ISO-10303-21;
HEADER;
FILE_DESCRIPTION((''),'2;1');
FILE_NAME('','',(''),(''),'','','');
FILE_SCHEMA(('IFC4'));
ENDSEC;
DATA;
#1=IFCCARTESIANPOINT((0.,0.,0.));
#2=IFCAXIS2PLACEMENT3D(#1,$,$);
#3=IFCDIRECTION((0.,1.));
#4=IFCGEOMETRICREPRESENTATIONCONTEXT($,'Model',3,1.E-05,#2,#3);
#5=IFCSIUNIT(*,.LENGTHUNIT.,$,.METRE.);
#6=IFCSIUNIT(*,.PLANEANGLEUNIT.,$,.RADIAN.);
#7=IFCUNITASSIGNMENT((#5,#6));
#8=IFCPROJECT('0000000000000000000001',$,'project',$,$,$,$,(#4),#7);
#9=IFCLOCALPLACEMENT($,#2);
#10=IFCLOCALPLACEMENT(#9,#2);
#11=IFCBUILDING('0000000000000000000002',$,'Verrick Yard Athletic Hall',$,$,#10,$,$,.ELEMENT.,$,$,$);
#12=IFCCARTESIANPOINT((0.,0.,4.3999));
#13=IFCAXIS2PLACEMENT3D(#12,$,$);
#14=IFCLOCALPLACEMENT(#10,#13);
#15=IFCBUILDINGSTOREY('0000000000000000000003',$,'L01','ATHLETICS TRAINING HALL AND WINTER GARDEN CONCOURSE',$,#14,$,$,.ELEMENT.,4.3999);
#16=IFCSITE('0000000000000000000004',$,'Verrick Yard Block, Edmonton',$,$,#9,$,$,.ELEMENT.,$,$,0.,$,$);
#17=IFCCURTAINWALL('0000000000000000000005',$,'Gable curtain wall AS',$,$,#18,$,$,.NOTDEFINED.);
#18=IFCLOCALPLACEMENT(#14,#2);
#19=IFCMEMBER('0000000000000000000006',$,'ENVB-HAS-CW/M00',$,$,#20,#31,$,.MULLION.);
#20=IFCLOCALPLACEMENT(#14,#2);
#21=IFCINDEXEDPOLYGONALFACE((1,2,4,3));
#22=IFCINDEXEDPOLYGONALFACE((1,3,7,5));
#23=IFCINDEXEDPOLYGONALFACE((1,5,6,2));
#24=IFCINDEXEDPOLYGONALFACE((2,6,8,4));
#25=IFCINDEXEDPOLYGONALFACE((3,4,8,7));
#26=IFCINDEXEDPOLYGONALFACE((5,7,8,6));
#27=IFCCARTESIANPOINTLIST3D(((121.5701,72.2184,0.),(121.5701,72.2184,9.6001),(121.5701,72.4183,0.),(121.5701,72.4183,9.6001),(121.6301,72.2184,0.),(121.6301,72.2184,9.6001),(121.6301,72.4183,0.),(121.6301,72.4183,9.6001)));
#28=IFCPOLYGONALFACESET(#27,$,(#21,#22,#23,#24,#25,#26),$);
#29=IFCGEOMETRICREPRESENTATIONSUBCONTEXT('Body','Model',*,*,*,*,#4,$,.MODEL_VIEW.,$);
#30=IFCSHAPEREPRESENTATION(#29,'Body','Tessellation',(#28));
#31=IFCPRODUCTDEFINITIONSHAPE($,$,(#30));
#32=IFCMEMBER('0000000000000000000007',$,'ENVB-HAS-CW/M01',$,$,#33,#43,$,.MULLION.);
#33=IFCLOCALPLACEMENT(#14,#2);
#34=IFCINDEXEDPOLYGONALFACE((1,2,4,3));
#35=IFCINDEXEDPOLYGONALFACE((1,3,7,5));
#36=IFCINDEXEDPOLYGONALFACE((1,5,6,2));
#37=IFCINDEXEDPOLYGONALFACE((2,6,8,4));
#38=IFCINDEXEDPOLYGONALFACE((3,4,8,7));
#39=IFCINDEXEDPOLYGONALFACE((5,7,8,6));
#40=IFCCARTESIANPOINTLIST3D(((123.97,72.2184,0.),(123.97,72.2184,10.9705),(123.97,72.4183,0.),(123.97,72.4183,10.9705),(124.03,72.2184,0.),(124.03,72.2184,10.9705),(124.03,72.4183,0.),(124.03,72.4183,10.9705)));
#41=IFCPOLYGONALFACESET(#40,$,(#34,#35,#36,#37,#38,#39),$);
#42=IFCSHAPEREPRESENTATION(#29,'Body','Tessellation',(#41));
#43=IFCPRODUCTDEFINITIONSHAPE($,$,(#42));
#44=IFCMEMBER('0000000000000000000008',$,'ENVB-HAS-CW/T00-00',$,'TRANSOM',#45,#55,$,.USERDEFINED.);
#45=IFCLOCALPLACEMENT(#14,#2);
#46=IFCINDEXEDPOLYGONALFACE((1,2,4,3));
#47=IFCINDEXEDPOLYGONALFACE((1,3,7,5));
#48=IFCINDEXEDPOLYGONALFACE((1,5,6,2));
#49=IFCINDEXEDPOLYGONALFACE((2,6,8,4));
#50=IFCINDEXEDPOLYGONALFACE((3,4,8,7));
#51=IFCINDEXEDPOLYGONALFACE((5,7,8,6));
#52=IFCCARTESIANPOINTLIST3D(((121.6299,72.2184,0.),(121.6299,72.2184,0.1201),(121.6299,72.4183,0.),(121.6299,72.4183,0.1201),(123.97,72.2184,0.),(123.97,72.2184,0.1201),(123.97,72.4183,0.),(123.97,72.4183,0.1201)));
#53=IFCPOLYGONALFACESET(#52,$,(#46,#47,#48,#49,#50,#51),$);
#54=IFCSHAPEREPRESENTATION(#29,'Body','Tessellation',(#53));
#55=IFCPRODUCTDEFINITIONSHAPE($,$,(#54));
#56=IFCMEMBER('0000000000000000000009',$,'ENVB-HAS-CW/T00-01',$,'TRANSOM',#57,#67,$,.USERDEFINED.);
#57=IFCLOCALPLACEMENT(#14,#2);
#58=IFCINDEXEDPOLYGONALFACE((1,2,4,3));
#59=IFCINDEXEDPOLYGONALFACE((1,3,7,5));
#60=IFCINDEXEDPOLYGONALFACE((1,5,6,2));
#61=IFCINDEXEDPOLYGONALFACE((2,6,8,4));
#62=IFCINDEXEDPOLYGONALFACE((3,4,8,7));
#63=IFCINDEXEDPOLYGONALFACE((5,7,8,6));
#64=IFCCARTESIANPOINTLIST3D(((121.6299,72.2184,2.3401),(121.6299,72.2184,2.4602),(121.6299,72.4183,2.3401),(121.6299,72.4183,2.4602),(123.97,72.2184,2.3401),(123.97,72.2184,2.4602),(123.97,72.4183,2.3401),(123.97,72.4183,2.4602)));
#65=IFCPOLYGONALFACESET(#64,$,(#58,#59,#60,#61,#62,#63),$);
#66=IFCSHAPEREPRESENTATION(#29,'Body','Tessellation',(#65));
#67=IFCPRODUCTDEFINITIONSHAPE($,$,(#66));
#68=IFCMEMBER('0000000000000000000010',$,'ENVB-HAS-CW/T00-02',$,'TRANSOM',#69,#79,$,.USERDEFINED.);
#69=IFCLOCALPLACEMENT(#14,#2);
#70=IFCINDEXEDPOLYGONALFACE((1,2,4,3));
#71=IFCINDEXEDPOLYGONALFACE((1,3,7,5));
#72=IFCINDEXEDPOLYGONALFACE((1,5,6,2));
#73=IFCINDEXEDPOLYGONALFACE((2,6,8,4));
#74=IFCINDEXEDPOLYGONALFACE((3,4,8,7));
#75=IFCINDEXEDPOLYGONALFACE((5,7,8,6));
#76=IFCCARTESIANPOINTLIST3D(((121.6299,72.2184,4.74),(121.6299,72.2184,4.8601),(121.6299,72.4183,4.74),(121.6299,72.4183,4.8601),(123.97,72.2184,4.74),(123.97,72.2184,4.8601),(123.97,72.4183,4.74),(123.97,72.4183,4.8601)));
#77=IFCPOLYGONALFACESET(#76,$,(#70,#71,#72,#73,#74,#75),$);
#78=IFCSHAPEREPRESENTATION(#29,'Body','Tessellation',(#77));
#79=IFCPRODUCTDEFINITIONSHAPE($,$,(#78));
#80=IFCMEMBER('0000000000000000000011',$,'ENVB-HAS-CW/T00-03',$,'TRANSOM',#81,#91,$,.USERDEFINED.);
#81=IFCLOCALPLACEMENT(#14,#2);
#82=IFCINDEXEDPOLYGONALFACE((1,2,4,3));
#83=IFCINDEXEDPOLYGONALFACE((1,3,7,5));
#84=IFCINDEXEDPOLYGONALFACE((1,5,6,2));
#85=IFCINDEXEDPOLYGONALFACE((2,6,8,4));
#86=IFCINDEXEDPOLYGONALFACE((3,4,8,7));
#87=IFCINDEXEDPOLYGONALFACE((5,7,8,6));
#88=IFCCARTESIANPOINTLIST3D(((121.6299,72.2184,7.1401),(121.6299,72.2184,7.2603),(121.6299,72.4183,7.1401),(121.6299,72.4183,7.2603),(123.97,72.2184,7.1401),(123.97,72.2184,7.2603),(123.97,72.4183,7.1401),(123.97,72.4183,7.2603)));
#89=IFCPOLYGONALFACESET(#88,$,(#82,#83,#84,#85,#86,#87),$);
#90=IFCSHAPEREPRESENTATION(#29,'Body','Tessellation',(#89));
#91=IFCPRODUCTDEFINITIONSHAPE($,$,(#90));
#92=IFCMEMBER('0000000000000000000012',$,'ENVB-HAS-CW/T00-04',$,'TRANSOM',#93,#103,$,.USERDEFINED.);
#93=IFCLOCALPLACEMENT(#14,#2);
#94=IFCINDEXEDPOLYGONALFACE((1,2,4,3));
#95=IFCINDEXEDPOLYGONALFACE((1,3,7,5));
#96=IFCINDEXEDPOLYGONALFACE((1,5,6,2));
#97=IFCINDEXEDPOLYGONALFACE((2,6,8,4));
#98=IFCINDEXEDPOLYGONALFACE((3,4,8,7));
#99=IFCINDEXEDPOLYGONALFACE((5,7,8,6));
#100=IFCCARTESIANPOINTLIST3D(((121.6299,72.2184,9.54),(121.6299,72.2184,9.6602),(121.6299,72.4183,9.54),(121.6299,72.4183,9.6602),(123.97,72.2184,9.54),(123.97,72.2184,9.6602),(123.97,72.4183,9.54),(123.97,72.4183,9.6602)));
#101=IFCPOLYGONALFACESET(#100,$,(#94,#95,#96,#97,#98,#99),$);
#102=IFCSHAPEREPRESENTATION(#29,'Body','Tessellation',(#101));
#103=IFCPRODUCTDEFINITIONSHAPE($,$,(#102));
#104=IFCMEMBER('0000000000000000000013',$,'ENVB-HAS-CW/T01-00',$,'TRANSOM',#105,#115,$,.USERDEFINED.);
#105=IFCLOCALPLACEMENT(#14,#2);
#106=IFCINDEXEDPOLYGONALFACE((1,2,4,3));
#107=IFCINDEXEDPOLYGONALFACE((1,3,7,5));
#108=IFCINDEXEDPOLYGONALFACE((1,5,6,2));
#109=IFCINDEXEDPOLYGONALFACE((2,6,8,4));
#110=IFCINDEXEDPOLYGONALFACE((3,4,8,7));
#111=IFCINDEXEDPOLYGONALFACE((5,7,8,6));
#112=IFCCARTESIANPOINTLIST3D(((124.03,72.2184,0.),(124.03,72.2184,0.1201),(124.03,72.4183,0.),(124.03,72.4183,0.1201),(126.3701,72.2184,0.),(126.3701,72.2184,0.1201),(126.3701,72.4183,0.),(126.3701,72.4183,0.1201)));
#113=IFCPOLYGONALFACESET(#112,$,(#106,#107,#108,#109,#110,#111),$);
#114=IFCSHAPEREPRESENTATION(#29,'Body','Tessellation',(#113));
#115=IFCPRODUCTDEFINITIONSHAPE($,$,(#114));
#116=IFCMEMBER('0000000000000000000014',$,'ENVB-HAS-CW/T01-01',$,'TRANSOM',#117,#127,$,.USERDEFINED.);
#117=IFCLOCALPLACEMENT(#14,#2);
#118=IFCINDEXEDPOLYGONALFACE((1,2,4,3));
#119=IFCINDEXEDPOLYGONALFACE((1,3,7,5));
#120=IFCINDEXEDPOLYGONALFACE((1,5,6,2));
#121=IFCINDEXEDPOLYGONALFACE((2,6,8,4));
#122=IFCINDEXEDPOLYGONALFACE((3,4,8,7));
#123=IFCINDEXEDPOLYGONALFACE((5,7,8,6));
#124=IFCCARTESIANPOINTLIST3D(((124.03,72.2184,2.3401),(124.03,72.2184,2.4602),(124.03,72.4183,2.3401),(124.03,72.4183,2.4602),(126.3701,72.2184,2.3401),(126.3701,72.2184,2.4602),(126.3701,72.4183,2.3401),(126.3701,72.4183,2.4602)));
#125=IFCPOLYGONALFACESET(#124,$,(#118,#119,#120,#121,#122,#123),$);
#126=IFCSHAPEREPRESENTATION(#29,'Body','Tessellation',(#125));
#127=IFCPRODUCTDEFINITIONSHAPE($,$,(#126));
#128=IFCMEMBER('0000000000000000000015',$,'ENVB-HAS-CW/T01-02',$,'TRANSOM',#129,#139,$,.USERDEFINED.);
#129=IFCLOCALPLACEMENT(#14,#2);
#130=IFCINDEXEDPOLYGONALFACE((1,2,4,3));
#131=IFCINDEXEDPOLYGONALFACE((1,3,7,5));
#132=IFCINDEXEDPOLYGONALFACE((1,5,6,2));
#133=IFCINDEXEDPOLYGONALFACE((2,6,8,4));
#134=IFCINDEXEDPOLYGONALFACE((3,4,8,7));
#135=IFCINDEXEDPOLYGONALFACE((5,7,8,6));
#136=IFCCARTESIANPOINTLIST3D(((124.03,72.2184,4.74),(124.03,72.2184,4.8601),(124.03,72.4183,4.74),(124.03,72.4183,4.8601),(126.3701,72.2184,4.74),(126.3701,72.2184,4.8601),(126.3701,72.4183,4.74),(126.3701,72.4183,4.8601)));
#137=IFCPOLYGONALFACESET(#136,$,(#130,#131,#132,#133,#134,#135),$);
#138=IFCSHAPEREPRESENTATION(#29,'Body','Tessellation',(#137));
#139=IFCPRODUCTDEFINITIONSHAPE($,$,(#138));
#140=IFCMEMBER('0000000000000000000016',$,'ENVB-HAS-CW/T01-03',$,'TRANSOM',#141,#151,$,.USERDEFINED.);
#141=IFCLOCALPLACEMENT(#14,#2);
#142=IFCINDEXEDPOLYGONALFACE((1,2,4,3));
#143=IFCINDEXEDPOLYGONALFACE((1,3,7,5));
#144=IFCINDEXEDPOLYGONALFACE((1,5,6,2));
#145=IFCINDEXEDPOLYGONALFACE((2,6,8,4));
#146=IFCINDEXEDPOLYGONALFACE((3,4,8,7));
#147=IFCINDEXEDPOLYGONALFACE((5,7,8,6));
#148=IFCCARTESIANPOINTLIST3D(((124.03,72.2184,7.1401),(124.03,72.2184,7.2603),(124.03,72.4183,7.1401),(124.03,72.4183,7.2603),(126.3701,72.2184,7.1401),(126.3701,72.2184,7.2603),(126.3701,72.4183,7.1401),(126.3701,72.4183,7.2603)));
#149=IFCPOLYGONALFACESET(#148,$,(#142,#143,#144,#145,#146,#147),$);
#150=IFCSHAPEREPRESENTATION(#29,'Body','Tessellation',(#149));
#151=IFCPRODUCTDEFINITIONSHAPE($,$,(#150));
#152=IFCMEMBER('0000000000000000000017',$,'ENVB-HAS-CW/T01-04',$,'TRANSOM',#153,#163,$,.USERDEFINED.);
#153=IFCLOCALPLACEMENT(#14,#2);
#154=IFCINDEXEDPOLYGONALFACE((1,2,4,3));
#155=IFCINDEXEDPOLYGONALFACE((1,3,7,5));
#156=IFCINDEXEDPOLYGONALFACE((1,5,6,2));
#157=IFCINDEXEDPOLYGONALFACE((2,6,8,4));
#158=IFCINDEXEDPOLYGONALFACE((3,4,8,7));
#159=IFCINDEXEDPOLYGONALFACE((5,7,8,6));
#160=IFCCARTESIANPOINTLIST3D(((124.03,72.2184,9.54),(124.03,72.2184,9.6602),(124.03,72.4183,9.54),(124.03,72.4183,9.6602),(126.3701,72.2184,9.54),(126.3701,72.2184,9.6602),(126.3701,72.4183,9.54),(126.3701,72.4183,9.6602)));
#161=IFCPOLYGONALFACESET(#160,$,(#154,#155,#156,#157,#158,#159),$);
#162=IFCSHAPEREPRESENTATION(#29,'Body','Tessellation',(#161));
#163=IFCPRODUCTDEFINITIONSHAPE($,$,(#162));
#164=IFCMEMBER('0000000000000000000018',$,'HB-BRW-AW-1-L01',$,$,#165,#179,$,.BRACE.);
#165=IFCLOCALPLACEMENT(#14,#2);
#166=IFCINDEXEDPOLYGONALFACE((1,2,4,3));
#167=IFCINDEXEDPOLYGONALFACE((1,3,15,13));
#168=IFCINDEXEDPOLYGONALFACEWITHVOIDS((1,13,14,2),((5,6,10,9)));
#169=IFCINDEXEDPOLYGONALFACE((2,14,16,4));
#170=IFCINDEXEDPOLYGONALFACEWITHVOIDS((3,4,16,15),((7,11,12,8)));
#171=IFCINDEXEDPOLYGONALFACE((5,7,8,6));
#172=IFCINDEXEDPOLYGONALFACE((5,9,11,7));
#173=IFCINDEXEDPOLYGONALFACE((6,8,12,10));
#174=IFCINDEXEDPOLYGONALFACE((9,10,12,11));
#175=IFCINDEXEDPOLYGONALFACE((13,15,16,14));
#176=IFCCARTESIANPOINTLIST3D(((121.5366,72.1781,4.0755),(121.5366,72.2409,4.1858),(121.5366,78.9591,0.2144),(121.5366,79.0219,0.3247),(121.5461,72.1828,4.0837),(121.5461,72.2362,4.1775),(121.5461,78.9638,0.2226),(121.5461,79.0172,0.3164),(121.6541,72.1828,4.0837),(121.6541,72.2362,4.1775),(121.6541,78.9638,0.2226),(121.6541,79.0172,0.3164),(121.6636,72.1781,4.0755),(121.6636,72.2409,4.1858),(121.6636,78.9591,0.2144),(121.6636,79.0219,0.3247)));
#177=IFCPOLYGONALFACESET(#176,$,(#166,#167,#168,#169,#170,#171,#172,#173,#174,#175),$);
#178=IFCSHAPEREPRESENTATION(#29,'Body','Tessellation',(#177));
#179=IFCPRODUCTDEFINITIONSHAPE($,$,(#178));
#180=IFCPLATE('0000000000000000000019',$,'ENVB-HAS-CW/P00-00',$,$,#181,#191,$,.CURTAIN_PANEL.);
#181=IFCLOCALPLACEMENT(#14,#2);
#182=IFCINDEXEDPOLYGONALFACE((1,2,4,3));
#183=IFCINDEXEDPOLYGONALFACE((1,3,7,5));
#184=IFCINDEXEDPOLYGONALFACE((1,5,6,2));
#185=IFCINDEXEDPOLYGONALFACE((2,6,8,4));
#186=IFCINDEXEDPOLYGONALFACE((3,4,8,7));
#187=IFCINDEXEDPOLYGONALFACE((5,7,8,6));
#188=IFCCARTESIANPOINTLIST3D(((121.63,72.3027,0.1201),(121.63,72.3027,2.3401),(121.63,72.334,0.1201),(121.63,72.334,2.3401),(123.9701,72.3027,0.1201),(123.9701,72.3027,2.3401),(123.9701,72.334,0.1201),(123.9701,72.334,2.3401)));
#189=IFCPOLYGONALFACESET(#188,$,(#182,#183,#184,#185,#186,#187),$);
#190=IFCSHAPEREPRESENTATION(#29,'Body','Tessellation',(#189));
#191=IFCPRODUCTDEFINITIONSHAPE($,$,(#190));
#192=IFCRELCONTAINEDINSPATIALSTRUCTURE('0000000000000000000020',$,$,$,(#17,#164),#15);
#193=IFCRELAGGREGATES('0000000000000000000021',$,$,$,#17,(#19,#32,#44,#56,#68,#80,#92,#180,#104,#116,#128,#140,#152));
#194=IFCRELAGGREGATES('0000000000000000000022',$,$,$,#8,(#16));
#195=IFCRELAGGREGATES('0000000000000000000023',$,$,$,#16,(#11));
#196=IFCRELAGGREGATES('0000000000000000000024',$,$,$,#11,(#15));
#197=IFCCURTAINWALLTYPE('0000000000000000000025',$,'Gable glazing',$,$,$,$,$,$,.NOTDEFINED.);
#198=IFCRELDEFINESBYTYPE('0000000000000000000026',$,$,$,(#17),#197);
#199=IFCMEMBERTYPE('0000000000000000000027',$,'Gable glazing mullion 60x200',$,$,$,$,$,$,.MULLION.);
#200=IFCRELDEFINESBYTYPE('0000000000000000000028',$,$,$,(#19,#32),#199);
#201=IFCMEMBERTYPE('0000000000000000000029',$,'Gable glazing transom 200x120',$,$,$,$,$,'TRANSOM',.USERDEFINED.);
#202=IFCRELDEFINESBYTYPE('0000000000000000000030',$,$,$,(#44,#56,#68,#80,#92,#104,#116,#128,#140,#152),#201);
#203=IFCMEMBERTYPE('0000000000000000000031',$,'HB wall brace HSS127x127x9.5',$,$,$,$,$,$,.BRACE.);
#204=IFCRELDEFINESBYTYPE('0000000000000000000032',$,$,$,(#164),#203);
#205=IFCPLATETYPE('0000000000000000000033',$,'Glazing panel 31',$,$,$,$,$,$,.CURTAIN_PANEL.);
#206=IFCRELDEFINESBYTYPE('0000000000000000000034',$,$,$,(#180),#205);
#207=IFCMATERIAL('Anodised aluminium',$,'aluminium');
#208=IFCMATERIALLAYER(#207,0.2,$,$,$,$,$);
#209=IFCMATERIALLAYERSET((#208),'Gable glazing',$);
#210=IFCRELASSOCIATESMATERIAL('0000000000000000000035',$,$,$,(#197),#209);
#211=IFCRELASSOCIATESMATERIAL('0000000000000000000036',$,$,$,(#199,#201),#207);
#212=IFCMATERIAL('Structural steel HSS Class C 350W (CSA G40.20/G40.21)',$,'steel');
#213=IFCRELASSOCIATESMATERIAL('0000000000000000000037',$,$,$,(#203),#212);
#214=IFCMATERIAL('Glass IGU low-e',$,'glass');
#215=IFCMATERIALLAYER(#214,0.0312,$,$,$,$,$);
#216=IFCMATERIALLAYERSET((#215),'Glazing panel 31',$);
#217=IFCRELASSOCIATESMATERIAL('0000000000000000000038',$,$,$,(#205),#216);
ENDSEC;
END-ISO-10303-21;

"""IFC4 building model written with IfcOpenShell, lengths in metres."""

from ifc_helpers import new_model, si_unit, direction, frame, origin, origin_2d, place, context, subcontext, project, spatial, rectangle, hollow_rectangle, extrude, material, layer, layer_set, material_profile, profile_set, type_object, element, aggregate, save


model = new_model("IFC4")

# Units and contexts
model_context = context("Model", 3, precision=1e-05, world=origin(), true_north=direction((0.0, 1.0)))
body_context = subcontext(model_context, "Body", "Model", "MODEL_VIEW")
ifc_project = project(units=[si_unit("LENGTHUNIT", "METRE"), si_unit("PLANEANGLEUNIT", "RADIAN")], contexts=[model_context])

# Site, building, storey
site_placement = place(None, origin())
site = spatial("IfcSite", under=ifc_project, at=site_placement, Name="Verrick Yard Block, Edmonton", CompositionType="ELEMENT", RefElevation=0.0)
building_placement = place(site_placement, origin())
building = spatial("IfcBuilding", under=site, at=building_placement, Name="Verrick Yard Athletic Hall", CompositionType="ELEMENT")
storey_placement = place(building_placement, frame((0.0, 0.0, 4.3999)))
storey = spatial("IfcBuildingStorey", under=building, at=storey_placement, Name="L01", Description="ATHLETICS TRAINING HALL AND WINTER GARDEN CONCOURSE", CompositionType="ELEMENT", Elevation=4.3999)

# Curtain wall, members
ifc_material_1 = material(Name="Anodised aluminium", Category="aluminium")
ifc_layer_1 = layer(ifc_material_1, 0.2)
ifc_layer_set_1 = layer_set([ifc_layer_1], Name="Gable glazing")
curtain_wall_type = type_object("IfcCurtainWallType", Name="Gable glazing", PredefinedType="NOTDEFINED", material=ifc_layer_set_1)
curtain_wall_placement = place(storey_placement, origin())
curtain_wall = element("IfcCurtainWall", 1, at=curtain_wall_placement, inside=storey, type_object=curtain_wall_type, Name="Gable curtain wall AS", PredefinedType="NOTDEFINED")
ifc_material_profile_1 = material_profile(ifc_material_1, rectangle(XDim=0.2, YDim=0.0601, at=origin_2d()), Name="CW gable mullion 60x200")
ifc_profile_set_1 = profile_set([ifc_material_profile_1], Name="Anodised aluminium")
member_type_1 = type_object("IfcMemberType", Name="Gable glazing mullion 60x200", PredefinedType="MULLION", material=ifc_profile_set_1)
member_1_placement = place(storey_placement, frame((121.6001, 72.3184, 0.0), z_axis=(0.0, 0.0, 1.0), x_axis=(0.0, 1.0, 0.0)))
member_1 = element("IfcMember", 2, at=member_1_placement, type_object=member_type_1, Name="ENVB-HAS-CW/M00", PredefinedType="MULLION", context=body_context, shape_type="SweptSolid", body=[
    extrude(rectangle(XDim=0.2, YDim=0.0601, at=origin_2d()), origin(), (0.0, 0.0, 1.0), 9.6001),
])
member_2_placement = place(storey_placement, frame((124.0, 72.3184, 0.0), z_axis=(0.0, 0.0, 1.0), x_axis=(0.0, 1.0, 0.0)))
member_2 = element("IfcMember", 3, at=member_2_placement, type_object=member_type_1, Name="ENVB-HAS-CW/M01", PredefinedType="MULLION", context=body_context, shape_type="SweptSolid", body=[
    extrude(rectangle(XDim=0.2, YDim=0.0601, at=origin_2d()), origin(), (0.0, 0.0, 1.0), 10.9705),
])
ifc_material_profile_2 = material_profile(ifc_material_1, rectangle(XDim=0.2, YDim=0.1201, at=origin_2d()), Name="CW gable transom 200x120")
ifc_profile_set_2 = profile_set([ifc_material_profile_2], Name="Anodised aluminium")
member_type_2 = type_object("IfcMemberType", Name="Gable glazing transom 200x120", ElementType="TRANSOM", PredefinedType="USERDEFINED", material=ifc_profile_set_2)
member_3_placement = place(storey_placement, frame((121.6299, 72.3184, 0.0601), z_axis=(1.0, 0.0, 0.0), x_axis=(0.0, 1.0, 0.0)))
member_3 = element("IfcMember", 4, at=member_3_placement, type_object=member_type_2, Name="ENVB-HAS-CW/T00-00", ObjectType="TRANSOM", PredefinedType="USERDEFINED", context=body_context, shape_type="SweptSolid", body=[
    extrude(rectangle(XDim=0.2, YDim=0.1201, at=origin_2d()), origin(), (0.0, 0.0, 1.0), 2.3401),
])
member_4_placement = place(storey_placement, frame((121.6299, 72.3184, 2.4001), z_axis=(1.0, 0.0, 0.0), x_axis=(0.0, 1.0, 0.0)))
member_4 = element("IfcMember", 5, at=member_4_placement, type_object=member_type_2, Name="ENVB-HAS-CW/T00-01", ObjectType="TRANSOM", PredefinedType="USERDEFINED", context=body_context, shape_type="SweptSolid", body=[
    extrude(rectangle(XDim=0.2, YDim=0.1201, at=origin_2d()), origin(), (0.0, 0.0, 1.0), 2.3401),
])
member_5_placement = place(storey_placement, frame((121.6299, 72.3184, 4.8), z_axis=(1.0, 0.0, 0.0), x_axis=(0.0, 1.0, 0.0)))
member_5 = element("IfcMember", 6, at=member_5_placement, type_object=member_type_2, Name="ENVB-HAS-CW/T00-02", ObjectType="TRANSOM", PredefinedType="USERDEFINED", context=body_context, shape_type="SweptSolid", body=[
    extrude(rectangle(XDim=0.2, YDim=0.1201, at=origin_2d()), origin(), (0.0, 0.0, 1.0), 2.3401),
])
member_6_placement = place(storey_placement, frame((121.6299, 72.3184, 7.2002), z_axis=(1.0, 0.0, 0.0), x_axis=(0.0, 1.0, 0.0)))
member_6 = element("IfcMember", 7, at=member_6_placement, type_object=member_type_2, Name="ENVB-HAS-CW/T00-03", ObjectType="TRANSOM", PredefinedType="USERDEFINED", context=body_context, shape_type="SweptSolid", body=[
    extrude(rectangle(XDim=0.2, YDim=0.1201, at=origin_2d()), origin(), (0.0, 0.0, 1.0), 2.3401),
])
member_7_placement = place(storey_placement, frame((121.6299, 72.3184, 9.6001), z_axis=(1.0, 0.0, 0.0), x_axis=(0.0, 1.0, 0.0)))
member_7 = element("IfcMember", 8, at=member_7_placement, type_object=member_type_2, Name="ENVB-HAS-CW/T00-04", ObjectType="TRANSOM", PredefinedType="USERDEFINED", context=body_context, shape_type="SweptSolid", body=[
    extrude(rectangle(XDim=0.2, YDim=0.1201, at=origin_2d()), origin(), (0.0, 0.0, 1.0), 2.3401),
])
member_8_placement = place(storey_placement, frame((124.03, 72.3184, 0.0601), z_axis=(1.0, 0.0, 0.0), x_axis=(0.0, 1.0, 0.0)))
member_8 = element("IfcMember", 9, at=member_8_placement, type_object=member_type_2, Name="ENVB-HAS-CW/T01-00", ObjectType="TRANSOM", PredefinedType="USERDEFINED", context=body_context, shape_type="SweptSolid", body=[
    extrude(rectangle(XDim=0.2, YDim=0.1201, at=origin_2d()), origin(), (0.0, 0.0, 1.0), 2.3401),
])
member_9_placement = place(storey_placement, frame((124.03, 72.3184, 2.4001), z_axis=(1.0, 0.0, 0.0), x_axis=(0.0, 1.0, 0.0)))
member_9 = element("IfcMember", 10, at=member_9_placement, type_object=member_type_2, Name="ENVB-HAS-CW/T01-01", ObjectType="TRANSOM", PredefinedType="USERDEFINED", context=body_context, shape_type="SweptSolid", body=[
    extrude(rectangle(XDim=0.2, YDim=0.1201, at=origin_2d()), origin(), (0.0, 0.0, 1.0), 2.3401),
])
member_10_placement = place(storey_placement, frame((124.03, 72.3184, 4.8), z_axis=(1.0, 0.0, 0.0), x_axis=(0.0, 1.0, 0.0)))
member_10 = element("IfcMember", 11, at=member_10_placement, type_object=member_type_2, Name="ENVB-HAS-CW/T01-02", ObjectType="TRANSOM", PredefinedType="USERDEFINED", context=body_context, shape_type="SweptSolid", body=[
    extrude(rectangle(XDim=0.2, YDim=0.1201, at=origin_2d()), origin(), (0.0, 0.0, 1.0), 2.3401),
])
member_11_placement = place(storey_placement, frame((124.03, 72.3184, 7.2002), z_axis=(1.0, 0.0, 0.0), x_axis=(0.0, 1.0, 0.0)))
member_11 = element("IfcMember", 12, at=member_11_placement, type_object=member_type_2, Name="ENVB-HAS-CW/T01-03", ObjectType="TRANSOM", PredefinedType="USERDEFINED", context=body_context, shape_type="SweptSolid", body=[
    extrude(rectangle(XDim=0.2, YDim=0.1201, at=origin_2d()), origin(), (0.0, 0.0, 1.0), 2.3401),
])
member_12_placement = place(storey_placement, frame((124.03, 72.3184, 9.6001), z_axis=(1.0, 0.0, 0.0), x_axis=(0.0, 1.0, 0.0)))
member_12 = element("IfcMember", 13, at=member_12_placement, type_object=member_type_2, Name="ENVB-HAS-CW/T01-04", ObjectType="TRANSOM", PredefinedType="USERDEFINED", context=body_context, shape_type="SweptSolid", body=[
    extrude(rectangle(XDim=0.2, YDim=0.1201, at=origin_2d()), origin(), (0.0, 0.0, 1.0), 2.3401),
])

# Member
ifc_material_2 = material(Name="Structural steel HSS Class C 350W (CSA G40.20/G40.21)", Category="steel")
ifc_material_profile_3 = material_profile(ifc_material_2, hollow_rectangle(XDim=0.127, YDim=0.127, WallThickness=0.0095, at=origin_2d()), Name="HSS127x127x9.5")
ifc_profile_set_3 = profile_set([ifc_material_profile_3], Name="Structural steel HSS Class C 350W (CSA G40.20/G40.21)")
member_type_3 = type_object("IfcMemberType", Name="HB wall brace HSS127x127x9.5", PredefinedType="BRACE", material=ifc_profile_set_3)
member_13_placement = place(storey_placement, frame((121.6001, 72.2095, 4.1306), z_axis=(0.0, 0.869003, -0.494807), x_axis=(-1.0, 0.0, 0.0)))
element("IfcMember", 14, at=member_13_placement, inside=storey, type_object=member_type_3, Name="HB-BRW-AW-1-L01", PredefinedType="BRACE", context=body_context, shape_type="SweptSolid", body=[
    extrude(hollow_rectangle(XDim=0.127, YDim=0.127, WallThickness=0.0095, at=origin_2d()), origin(), (0.0, 0.0, 1.0), 7.8032),
])

# Plate
ifc_material_3 = material(Name="Glass IGU low-e", Category="glass")
ifc_layer_2 = layer(ifc_material_3, 0.0312)
ifc_layer_set_2 = layer_set([ifc_layer_2], Name="Glazing panel 31")
plate_type = type_object("IfcPlateType", Name="Glazing panel 31", PredefinedType="CURTAIN_PANEL", material=ifc_layer_set_2)
plate_1_placement = place(storey_placement, frame((122.8, 72.3184, 0.1201), z_axis=(0.0, 0.0, 1.0), x_axis=(1.0, 0.0, 0.0)))
plate_1 = element("IfcPlate", 15, at=plate_1_placement, type_object=plate_type, Name="ENVB-HAS-CW/P00-00", PredefinedType="CURTAIN_PANEL", context=body_context, shape_type="SweptSolid", body=[
    extrude(rectangle(XDim=2.3401, YDim=0.0312, at=origin_2d()), origin(), (0.0, 0.0, 1.0), 2.22),
])
aggregate(curtain_wall, [member_1, member_2, member_3, member_4, member_5, member_6, member_7, plate_1, member_8, member_9, member_10, member_11, member_12])

save(model, "model.ifc")
